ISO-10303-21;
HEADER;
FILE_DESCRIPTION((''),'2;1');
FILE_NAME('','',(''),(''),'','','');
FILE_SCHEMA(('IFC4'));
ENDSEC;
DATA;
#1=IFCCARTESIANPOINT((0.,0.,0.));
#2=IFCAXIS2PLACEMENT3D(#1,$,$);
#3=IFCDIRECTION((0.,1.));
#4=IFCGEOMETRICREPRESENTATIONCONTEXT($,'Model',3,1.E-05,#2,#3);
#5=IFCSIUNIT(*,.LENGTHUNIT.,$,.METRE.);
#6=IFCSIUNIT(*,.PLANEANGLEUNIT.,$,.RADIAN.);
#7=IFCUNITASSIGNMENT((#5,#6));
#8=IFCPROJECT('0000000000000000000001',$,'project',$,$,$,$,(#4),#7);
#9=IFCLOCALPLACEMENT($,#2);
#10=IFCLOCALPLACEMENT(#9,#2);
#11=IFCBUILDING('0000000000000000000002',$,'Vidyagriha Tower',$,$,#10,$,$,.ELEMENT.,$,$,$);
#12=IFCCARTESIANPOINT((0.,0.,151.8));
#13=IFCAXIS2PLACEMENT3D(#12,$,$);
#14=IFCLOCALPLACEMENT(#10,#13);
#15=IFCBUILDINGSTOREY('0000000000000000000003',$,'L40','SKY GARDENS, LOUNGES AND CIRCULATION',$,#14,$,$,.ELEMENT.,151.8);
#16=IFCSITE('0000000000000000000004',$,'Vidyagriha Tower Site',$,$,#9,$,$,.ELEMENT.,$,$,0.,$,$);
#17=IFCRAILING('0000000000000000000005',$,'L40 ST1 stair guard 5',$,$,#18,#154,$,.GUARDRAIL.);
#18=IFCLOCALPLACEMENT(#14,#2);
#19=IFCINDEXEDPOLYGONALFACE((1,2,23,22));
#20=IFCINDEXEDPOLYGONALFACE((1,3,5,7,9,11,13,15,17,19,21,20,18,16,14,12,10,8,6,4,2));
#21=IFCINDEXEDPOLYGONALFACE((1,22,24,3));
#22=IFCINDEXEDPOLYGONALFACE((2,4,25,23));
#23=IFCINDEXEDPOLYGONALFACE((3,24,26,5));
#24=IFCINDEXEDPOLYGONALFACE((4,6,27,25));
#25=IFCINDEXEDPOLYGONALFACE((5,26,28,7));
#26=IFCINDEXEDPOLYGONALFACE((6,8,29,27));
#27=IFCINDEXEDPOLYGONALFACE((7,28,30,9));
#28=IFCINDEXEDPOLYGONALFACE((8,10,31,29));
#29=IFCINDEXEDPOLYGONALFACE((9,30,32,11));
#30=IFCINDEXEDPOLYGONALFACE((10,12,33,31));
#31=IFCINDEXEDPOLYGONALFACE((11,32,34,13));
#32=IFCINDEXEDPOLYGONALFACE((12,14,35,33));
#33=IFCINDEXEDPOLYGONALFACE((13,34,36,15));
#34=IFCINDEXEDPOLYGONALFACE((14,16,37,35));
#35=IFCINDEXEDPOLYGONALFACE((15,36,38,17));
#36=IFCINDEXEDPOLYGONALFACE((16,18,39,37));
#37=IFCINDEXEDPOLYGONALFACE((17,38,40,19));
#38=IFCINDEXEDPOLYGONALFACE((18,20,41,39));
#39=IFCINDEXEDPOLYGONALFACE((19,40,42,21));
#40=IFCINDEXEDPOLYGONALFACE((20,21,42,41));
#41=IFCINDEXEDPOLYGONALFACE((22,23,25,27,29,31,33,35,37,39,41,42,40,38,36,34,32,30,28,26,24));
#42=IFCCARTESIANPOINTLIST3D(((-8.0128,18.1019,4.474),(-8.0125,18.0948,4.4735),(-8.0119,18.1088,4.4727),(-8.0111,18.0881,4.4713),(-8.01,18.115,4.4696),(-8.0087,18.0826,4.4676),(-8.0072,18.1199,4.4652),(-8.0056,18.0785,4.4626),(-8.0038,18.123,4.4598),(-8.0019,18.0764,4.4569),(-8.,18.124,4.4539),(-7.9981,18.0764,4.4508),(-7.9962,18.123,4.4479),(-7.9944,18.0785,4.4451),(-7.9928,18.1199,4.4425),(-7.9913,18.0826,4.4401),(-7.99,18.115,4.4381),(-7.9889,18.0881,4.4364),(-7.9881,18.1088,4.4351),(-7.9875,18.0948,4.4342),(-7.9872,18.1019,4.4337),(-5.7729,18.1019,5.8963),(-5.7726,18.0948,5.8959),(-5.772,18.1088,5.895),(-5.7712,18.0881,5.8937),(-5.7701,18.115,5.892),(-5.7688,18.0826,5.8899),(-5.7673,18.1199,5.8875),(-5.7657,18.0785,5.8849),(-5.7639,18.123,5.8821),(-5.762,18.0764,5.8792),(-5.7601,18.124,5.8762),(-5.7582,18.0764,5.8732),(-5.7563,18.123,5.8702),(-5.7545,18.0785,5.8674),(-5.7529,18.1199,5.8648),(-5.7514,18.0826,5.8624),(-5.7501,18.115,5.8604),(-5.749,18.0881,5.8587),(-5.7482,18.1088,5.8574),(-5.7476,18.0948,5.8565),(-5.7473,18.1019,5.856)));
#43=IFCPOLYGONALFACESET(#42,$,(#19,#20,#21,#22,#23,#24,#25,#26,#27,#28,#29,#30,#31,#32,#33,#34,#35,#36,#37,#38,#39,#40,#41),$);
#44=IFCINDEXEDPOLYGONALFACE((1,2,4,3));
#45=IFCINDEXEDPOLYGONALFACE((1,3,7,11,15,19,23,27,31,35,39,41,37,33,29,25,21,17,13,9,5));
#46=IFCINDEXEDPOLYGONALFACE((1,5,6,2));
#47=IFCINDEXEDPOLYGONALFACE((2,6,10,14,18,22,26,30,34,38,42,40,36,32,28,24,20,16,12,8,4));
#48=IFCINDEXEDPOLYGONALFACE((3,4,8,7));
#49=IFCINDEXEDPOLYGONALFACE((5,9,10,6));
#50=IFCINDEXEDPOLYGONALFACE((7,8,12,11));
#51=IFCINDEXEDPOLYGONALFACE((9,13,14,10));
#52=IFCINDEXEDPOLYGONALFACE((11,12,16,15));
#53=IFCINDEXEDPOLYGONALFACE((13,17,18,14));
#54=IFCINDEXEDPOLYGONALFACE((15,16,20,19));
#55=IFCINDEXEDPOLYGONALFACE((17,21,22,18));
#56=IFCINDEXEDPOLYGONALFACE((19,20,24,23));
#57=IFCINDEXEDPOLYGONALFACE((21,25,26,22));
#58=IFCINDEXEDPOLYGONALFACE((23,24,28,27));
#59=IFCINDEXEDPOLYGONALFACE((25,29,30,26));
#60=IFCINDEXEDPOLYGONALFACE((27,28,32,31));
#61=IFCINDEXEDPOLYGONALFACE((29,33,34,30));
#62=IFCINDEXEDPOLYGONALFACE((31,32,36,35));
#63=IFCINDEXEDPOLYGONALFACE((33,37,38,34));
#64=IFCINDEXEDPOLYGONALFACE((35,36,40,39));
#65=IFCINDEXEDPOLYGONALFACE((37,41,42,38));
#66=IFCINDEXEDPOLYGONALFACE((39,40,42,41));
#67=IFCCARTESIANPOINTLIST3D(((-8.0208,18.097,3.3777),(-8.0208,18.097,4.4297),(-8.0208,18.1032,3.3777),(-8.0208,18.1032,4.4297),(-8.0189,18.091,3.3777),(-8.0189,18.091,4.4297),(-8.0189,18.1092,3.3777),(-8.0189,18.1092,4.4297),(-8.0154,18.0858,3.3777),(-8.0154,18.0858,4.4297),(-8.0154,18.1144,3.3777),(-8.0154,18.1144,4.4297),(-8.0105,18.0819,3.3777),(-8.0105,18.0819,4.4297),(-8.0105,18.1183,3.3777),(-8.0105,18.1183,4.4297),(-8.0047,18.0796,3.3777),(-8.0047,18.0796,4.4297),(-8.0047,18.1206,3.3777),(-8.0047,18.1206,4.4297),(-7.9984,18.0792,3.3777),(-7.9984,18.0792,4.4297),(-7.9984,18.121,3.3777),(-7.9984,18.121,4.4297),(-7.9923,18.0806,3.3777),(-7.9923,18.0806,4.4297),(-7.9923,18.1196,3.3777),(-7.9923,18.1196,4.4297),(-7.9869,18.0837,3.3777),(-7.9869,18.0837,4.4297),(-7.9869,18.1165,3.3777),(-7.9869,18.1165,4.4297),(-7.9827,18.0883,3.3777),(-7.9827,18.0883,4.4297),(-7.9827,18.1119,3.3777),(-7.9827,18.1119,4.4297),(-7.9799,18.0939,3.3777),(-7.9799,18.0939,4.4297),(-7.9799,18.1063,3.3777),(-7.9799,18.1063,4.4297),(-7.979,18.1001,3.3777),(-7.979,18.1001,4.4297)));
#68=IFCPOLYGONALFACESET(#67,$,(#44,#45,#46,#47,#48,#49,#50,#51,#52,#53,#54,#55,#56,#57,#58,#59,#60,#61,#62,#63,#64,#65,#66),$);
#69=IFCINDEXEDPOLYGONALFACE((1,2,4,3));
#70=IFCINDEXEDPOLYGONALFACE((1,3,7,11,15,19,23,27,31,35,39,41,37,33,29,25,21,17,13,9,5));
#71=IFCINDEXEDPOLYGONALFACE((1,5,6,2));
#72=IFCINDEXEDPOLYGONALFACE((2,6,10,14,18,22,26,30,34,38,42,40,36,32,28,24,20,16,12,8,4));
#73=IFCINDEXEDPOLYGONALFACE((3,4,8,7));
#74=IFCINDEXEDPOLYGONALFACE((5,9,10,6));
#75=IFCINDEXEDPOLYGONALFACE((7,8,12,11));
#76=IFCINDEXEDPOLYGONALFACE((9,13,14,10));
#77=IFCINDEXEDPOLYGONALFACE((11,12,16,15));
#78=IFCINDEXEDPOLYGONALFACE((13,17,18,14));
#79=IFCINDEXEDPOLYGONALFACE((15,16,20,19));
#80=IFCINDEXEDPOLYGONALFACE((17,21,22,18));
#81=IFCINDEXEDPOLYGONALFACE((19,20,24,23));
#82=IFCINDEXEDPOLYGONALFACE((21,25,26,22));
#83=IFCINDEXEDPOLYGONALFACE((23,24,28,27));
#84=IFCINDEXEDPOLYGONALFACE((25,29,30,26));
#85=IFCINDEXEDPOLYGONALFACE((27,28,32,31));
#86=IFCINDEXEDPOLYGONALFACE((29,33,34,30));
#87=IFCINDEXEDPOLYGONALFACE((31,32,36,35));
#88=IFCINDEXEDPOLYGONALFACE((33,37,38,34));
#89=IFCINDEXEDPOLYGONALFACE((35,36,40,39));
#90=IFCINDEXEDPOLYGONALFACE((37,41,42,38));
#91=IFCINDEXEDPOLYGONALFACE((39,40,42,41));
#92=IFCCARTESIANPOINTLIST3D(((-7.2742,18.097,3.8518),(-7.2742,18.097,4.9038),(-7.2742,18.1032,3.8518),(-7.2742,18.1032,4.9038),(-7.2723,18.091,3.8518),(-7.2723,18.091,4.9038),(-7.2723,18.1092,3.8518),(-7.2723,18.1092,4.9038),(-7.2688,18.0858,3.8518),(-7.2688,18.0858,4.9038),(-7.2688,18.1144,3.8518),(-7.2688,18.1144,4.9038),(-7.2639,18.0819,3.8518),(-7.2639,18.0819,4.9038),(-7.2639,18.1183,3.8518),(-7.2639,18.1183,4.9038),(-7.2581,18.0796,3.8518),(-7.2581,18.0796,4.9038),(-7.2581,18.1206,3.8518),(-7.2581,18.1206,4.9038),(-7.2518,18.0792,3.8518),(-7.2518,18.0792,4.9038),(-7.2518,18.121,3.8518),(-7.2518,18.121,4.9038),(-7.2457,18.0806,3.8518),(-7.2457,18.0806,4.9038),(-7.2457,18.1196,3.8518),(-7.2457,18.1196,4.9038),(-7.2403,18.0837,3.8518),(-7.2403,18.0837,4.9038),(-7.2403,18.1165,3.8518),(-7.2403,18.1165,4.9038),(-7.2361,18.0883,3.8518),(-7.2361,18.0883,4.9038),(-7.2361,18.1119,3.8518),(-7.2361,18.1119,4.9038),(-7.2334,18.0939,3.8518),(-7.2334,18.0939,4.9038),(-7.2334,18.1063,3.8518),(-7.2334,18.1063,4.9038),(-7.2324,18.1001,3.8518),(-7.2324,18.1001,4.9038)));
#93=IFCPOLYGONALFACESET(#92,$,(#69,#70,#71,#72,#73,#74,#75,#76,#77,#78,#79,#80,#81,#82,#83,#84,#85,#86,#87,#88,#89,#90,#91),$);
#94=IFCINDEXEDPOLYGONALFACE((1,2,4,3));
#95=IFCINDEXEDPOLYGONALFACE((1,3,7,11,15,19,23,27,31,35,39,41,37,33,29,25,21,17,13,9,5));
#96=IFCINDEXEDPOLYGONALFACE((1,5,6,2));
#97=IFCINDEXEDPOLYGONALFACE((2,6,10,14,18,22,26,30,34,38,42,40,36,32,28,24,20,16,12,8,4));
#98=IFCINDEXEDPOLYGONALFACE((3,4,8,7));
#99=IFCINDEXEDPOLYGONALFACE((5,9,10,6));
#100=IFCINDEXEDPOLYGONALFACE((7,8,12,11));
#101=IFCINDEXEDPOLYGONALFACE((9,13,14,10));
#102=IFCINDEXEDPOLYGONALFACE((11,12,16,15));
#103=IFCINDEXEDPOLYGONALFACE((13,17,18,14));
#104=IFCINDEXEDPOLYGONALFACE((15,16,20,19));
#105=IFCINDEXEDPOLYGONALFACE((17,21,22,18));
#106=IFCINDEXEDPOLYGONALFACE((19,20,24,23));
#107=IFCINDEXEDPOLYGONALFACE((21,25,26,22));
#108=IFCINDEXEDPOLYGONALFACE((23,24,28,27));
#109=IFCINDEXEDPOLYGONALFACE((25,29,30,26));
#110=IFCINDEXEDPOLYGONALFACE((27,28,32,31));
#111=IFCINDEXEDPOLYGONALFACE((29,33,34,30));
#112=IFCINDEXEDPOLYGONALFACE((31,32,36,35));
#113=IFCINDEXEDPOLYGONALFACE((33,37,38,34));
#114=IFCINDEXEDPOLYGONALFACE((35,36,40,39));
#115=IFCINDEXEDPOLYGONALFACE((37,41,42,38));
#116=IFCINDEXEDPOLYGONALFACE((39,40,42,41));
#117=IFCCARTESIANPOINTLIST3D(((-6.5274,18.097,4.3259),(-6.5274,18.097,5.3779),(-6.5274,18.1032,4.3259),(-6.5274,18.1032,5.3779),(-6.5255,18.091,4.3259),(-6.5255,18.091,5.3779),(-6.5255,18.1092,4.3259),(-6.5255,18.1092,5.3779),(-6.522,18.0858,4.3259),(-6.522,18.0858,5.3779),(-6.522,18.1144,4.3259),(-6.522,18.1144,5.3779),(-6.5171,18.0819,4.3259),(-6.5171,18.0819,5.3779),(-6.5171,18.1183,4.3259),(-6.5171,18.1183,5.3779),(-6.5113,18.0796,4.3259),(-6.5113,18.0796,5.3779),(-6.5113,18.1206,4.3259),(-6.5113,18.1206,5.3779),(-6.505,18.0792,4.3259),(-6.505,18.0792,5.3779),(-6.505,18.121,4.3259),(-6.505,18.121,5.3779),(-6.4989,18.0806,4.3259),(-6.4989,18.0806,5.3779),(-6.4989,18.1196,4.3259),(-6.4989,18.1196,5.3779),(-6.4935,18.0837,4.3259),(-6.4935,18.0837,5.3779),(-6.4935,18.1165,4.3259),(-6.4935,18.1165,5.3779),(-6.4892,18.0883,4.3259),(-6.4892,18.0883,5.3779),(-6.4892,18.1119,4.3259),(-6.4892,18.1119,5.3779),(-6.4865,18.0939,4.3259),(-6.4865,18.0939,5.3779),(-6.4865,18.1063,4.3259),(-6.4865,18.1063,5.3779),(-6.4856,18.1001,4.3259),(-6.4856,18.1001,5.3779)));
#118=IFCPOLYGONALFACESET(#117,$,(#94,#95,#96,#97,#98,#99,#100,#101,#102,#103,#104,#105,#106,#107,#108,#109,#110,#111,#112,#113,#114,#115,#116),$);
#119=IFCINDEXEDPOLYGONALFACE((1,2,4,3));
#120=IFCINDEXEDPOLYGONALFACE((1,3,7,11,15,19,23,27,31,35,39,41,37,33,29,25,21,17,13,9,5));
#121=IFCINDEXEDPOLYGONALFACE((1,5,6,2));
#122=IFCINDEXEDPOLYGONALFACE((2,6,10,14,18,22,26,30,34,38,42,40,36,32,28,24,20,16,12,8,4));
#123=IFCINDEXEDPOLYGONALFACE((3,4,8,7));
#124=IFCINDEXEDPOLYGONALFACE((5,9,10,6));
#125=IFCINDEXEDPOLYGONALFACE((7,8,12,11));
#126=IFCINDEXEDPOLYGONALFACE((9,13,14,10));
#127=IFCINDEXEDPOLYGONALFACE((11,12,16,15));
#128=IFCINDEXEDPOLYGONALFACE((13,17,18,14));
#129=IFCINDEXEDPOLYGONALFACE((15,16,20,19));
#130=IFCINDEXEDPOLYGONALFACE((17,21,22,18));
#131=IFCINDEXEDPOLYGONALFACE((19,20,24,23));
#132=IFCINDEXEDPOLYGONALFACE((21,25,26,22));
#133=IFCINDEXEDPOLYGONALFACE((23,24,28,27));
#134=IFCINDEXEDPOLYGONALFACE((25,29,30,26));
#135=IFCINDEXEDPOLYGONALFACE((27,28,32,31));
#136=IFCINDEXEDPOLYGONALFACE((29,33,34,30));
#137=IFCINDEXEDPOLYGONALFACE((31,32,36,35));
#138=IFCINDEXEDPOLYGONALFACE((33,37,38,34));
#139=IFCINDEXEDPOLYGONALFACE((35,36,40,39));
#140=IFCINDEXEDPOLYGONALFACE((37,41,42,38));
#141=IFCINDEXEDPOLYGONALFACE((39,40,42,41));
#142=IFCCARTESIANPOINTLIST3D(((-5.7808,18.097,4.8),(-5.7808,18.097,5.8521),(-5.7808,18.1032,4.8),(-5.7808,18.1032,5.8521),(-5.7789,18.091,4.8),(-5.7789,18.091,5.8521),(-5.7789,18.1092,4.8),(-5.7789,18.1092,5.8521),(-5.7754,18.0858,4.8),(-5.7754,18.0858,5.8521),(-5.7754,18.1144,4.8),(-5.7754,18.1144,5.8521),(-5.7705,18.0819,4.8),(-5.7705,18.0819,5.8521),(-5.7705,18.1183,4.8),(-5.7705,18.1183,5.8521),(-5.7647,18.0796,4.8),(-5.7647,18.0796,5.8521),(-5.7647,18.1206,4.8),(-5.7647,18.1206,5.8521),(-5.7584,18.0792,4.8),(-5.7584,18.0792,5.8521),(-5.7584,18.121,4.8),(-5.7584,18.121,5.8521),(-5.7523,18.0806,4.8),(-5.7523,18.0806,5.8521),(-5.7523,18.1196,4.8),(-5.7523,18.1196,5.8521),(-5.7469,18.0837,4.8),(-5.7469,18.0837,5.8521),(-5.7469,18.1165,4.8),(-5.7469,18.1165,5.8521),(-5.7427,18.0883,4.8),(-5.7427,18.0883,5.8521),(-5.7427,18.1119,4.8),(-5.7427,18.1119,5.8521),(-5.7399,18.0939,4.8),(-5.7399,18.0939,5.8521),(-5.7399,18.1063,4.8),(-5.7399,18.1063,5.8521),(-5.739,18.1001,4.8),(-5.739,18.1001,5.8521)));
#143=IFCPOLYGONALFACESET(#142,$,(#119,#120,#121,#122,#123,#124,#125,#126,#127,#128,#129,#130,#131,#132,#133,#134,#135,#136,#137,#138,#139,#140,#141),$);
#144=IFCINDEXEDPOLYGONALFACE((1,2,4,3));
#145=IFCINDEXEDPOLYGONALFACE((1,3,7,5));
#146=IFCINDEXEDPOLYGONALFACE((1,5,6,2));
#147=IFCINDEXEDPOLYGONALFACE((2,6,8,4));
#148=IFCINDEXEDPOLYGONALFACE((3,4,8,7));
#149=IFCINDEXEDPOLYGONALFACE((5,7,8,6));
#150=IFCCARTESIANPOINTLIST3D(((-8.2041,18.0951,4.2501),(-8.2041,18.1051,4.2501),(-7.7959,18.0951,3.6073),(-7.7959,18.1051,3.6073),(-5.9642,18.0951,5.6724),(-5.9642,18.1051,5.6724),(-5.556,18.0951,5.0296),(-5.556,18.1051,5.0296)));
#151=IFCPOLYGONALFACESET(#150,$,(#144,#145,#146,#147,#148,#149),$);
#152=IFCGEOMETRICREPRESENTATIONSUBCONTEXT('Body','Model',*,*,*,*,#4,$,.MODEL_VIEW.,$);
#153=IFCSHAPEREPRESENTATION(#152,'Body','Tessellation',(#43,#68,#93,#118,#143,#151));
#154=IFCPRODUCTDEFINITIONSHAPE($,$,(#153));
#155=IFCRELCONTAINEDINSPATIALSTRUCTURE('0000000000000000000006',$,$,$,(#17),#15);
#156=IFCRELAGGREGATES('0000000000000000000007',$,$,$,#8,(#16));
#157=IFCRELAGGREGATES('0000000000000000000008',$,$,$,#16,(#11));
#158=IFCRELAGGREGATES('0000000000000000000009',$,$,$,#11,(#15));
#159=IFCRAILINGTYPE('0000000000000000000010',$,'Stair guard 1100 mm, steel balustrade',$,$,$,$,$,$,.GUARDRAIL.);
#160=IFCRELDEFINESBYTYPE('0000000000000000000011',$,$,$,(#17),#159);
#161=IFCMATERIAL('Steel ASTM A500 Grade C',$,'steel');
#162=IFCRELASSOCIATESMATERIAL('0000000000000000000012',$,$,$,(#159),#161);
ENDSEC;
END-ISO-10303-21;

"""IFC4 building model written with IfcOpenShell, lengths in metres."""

from ifc_helpers import new_model, si_unit, direction, frame, origin, origin_2d, place, context, subcontext, project, spatial, rectangle, circle, extrude, material, type_object, element, save


model = new_model("IFC4")

# Units and contexts
model_context = context("Model", 3, precision=1e-05, world=origin(), true_north=direction((0.0, 1.0)))
body_context = subcontext(model_context, "Body", "Model", "MODEL_VIEW")
ifc_project = project(units=[si_unit("LENGTHUNIT", "METRE"), si_unit("PLANEANGLEUNIT", "RADIAN")], contexts=[model_context])

# Site, building, storey
site_placement = place(None, origin())
site = spatial("IfcSite", under=ifc_project, at=site_placement, Name="Vidyagriha Tower Site", CompositionType="ELEMENT", RefElevation=0.0)
building_placement = place(site_placement, origin())
building = spatial("IfcBuilding", under=site, at=building_placement, Name="Vidyagriha Tower", CompositionType="ELEMENT")
storey_placement = place(building_placement, frame((0.0, 0.0, 151.8)))
storey = spatial("IfcBuildingStorey", under=building, at=storey_placement, Name="L40", Description="SKY GARDENS, LOUNGES AND CIRCULATION", CompositionType="ELEMENT", Elevation=151.8)

# Railing
ifc_material_1 = material(Name="Steel ASTM A500 Grade C", Category="steel")
railing_type_1 = type_object("IfcRailingType", Name="Stair guard 1100 mm, steel balustrade", PredefinedType="GUARDRAIL", material=ifc_material_1)
railing_1_placement = place(storey_placement, frame((-8.0, 18.1001, 3.3777)))
element("IfcRailing", 1, at=railing_1_placement, inside=storey, type_object=railing_type_1, Name="L40 ST1 stair guard 5", PredefinedType="GUARDRAIL", context=body_context, shape_type="SweptSolid", body=[
    extrude(circle(Radius=0.0239, at=origin_2d()), frame((0.0, 0.0, 1.0762), z_axis=(0.844188, 0.0, 0.536048), x_axis=(0.0, 1.0, 0.0)), (0.0, 0.0, 1.0), 2.6533),
    extrude(circle(Radius=0.021, at=origin_2d()), origin(), (0.0, 0.0, 1.0), 1.052),
    extrude(circle(Radius=0.021, at=origin_2d()), frame((0.7466, 0.0, 0.4741)), (0.0, 0.0, 1.0), 1.052),
    extrude(circle(Radius=0.021, at=origin_2d()), frame((1.4934, 0.0, 0.9482)), (0.0, 0.0, 1.0), 1.052),
    extrude(circle(Radius=0.021, at=origin_2d()), frame((2.24, 0.0, 1.4224)), (0.0, 0.0, 1.0), 1.052),
    extrude(rectangle(XDim=0.01, YDim=0.7615, at=origin_2d()), frame((0.0, 0.0, 0.551), z_axis=(0.844188, 0.0, 0.536048), x_axis=(0.0, 1.0, 0.0)), (0.0, 0.0, 1.0), 2.6533),
])

save(model, "model.ifc")
